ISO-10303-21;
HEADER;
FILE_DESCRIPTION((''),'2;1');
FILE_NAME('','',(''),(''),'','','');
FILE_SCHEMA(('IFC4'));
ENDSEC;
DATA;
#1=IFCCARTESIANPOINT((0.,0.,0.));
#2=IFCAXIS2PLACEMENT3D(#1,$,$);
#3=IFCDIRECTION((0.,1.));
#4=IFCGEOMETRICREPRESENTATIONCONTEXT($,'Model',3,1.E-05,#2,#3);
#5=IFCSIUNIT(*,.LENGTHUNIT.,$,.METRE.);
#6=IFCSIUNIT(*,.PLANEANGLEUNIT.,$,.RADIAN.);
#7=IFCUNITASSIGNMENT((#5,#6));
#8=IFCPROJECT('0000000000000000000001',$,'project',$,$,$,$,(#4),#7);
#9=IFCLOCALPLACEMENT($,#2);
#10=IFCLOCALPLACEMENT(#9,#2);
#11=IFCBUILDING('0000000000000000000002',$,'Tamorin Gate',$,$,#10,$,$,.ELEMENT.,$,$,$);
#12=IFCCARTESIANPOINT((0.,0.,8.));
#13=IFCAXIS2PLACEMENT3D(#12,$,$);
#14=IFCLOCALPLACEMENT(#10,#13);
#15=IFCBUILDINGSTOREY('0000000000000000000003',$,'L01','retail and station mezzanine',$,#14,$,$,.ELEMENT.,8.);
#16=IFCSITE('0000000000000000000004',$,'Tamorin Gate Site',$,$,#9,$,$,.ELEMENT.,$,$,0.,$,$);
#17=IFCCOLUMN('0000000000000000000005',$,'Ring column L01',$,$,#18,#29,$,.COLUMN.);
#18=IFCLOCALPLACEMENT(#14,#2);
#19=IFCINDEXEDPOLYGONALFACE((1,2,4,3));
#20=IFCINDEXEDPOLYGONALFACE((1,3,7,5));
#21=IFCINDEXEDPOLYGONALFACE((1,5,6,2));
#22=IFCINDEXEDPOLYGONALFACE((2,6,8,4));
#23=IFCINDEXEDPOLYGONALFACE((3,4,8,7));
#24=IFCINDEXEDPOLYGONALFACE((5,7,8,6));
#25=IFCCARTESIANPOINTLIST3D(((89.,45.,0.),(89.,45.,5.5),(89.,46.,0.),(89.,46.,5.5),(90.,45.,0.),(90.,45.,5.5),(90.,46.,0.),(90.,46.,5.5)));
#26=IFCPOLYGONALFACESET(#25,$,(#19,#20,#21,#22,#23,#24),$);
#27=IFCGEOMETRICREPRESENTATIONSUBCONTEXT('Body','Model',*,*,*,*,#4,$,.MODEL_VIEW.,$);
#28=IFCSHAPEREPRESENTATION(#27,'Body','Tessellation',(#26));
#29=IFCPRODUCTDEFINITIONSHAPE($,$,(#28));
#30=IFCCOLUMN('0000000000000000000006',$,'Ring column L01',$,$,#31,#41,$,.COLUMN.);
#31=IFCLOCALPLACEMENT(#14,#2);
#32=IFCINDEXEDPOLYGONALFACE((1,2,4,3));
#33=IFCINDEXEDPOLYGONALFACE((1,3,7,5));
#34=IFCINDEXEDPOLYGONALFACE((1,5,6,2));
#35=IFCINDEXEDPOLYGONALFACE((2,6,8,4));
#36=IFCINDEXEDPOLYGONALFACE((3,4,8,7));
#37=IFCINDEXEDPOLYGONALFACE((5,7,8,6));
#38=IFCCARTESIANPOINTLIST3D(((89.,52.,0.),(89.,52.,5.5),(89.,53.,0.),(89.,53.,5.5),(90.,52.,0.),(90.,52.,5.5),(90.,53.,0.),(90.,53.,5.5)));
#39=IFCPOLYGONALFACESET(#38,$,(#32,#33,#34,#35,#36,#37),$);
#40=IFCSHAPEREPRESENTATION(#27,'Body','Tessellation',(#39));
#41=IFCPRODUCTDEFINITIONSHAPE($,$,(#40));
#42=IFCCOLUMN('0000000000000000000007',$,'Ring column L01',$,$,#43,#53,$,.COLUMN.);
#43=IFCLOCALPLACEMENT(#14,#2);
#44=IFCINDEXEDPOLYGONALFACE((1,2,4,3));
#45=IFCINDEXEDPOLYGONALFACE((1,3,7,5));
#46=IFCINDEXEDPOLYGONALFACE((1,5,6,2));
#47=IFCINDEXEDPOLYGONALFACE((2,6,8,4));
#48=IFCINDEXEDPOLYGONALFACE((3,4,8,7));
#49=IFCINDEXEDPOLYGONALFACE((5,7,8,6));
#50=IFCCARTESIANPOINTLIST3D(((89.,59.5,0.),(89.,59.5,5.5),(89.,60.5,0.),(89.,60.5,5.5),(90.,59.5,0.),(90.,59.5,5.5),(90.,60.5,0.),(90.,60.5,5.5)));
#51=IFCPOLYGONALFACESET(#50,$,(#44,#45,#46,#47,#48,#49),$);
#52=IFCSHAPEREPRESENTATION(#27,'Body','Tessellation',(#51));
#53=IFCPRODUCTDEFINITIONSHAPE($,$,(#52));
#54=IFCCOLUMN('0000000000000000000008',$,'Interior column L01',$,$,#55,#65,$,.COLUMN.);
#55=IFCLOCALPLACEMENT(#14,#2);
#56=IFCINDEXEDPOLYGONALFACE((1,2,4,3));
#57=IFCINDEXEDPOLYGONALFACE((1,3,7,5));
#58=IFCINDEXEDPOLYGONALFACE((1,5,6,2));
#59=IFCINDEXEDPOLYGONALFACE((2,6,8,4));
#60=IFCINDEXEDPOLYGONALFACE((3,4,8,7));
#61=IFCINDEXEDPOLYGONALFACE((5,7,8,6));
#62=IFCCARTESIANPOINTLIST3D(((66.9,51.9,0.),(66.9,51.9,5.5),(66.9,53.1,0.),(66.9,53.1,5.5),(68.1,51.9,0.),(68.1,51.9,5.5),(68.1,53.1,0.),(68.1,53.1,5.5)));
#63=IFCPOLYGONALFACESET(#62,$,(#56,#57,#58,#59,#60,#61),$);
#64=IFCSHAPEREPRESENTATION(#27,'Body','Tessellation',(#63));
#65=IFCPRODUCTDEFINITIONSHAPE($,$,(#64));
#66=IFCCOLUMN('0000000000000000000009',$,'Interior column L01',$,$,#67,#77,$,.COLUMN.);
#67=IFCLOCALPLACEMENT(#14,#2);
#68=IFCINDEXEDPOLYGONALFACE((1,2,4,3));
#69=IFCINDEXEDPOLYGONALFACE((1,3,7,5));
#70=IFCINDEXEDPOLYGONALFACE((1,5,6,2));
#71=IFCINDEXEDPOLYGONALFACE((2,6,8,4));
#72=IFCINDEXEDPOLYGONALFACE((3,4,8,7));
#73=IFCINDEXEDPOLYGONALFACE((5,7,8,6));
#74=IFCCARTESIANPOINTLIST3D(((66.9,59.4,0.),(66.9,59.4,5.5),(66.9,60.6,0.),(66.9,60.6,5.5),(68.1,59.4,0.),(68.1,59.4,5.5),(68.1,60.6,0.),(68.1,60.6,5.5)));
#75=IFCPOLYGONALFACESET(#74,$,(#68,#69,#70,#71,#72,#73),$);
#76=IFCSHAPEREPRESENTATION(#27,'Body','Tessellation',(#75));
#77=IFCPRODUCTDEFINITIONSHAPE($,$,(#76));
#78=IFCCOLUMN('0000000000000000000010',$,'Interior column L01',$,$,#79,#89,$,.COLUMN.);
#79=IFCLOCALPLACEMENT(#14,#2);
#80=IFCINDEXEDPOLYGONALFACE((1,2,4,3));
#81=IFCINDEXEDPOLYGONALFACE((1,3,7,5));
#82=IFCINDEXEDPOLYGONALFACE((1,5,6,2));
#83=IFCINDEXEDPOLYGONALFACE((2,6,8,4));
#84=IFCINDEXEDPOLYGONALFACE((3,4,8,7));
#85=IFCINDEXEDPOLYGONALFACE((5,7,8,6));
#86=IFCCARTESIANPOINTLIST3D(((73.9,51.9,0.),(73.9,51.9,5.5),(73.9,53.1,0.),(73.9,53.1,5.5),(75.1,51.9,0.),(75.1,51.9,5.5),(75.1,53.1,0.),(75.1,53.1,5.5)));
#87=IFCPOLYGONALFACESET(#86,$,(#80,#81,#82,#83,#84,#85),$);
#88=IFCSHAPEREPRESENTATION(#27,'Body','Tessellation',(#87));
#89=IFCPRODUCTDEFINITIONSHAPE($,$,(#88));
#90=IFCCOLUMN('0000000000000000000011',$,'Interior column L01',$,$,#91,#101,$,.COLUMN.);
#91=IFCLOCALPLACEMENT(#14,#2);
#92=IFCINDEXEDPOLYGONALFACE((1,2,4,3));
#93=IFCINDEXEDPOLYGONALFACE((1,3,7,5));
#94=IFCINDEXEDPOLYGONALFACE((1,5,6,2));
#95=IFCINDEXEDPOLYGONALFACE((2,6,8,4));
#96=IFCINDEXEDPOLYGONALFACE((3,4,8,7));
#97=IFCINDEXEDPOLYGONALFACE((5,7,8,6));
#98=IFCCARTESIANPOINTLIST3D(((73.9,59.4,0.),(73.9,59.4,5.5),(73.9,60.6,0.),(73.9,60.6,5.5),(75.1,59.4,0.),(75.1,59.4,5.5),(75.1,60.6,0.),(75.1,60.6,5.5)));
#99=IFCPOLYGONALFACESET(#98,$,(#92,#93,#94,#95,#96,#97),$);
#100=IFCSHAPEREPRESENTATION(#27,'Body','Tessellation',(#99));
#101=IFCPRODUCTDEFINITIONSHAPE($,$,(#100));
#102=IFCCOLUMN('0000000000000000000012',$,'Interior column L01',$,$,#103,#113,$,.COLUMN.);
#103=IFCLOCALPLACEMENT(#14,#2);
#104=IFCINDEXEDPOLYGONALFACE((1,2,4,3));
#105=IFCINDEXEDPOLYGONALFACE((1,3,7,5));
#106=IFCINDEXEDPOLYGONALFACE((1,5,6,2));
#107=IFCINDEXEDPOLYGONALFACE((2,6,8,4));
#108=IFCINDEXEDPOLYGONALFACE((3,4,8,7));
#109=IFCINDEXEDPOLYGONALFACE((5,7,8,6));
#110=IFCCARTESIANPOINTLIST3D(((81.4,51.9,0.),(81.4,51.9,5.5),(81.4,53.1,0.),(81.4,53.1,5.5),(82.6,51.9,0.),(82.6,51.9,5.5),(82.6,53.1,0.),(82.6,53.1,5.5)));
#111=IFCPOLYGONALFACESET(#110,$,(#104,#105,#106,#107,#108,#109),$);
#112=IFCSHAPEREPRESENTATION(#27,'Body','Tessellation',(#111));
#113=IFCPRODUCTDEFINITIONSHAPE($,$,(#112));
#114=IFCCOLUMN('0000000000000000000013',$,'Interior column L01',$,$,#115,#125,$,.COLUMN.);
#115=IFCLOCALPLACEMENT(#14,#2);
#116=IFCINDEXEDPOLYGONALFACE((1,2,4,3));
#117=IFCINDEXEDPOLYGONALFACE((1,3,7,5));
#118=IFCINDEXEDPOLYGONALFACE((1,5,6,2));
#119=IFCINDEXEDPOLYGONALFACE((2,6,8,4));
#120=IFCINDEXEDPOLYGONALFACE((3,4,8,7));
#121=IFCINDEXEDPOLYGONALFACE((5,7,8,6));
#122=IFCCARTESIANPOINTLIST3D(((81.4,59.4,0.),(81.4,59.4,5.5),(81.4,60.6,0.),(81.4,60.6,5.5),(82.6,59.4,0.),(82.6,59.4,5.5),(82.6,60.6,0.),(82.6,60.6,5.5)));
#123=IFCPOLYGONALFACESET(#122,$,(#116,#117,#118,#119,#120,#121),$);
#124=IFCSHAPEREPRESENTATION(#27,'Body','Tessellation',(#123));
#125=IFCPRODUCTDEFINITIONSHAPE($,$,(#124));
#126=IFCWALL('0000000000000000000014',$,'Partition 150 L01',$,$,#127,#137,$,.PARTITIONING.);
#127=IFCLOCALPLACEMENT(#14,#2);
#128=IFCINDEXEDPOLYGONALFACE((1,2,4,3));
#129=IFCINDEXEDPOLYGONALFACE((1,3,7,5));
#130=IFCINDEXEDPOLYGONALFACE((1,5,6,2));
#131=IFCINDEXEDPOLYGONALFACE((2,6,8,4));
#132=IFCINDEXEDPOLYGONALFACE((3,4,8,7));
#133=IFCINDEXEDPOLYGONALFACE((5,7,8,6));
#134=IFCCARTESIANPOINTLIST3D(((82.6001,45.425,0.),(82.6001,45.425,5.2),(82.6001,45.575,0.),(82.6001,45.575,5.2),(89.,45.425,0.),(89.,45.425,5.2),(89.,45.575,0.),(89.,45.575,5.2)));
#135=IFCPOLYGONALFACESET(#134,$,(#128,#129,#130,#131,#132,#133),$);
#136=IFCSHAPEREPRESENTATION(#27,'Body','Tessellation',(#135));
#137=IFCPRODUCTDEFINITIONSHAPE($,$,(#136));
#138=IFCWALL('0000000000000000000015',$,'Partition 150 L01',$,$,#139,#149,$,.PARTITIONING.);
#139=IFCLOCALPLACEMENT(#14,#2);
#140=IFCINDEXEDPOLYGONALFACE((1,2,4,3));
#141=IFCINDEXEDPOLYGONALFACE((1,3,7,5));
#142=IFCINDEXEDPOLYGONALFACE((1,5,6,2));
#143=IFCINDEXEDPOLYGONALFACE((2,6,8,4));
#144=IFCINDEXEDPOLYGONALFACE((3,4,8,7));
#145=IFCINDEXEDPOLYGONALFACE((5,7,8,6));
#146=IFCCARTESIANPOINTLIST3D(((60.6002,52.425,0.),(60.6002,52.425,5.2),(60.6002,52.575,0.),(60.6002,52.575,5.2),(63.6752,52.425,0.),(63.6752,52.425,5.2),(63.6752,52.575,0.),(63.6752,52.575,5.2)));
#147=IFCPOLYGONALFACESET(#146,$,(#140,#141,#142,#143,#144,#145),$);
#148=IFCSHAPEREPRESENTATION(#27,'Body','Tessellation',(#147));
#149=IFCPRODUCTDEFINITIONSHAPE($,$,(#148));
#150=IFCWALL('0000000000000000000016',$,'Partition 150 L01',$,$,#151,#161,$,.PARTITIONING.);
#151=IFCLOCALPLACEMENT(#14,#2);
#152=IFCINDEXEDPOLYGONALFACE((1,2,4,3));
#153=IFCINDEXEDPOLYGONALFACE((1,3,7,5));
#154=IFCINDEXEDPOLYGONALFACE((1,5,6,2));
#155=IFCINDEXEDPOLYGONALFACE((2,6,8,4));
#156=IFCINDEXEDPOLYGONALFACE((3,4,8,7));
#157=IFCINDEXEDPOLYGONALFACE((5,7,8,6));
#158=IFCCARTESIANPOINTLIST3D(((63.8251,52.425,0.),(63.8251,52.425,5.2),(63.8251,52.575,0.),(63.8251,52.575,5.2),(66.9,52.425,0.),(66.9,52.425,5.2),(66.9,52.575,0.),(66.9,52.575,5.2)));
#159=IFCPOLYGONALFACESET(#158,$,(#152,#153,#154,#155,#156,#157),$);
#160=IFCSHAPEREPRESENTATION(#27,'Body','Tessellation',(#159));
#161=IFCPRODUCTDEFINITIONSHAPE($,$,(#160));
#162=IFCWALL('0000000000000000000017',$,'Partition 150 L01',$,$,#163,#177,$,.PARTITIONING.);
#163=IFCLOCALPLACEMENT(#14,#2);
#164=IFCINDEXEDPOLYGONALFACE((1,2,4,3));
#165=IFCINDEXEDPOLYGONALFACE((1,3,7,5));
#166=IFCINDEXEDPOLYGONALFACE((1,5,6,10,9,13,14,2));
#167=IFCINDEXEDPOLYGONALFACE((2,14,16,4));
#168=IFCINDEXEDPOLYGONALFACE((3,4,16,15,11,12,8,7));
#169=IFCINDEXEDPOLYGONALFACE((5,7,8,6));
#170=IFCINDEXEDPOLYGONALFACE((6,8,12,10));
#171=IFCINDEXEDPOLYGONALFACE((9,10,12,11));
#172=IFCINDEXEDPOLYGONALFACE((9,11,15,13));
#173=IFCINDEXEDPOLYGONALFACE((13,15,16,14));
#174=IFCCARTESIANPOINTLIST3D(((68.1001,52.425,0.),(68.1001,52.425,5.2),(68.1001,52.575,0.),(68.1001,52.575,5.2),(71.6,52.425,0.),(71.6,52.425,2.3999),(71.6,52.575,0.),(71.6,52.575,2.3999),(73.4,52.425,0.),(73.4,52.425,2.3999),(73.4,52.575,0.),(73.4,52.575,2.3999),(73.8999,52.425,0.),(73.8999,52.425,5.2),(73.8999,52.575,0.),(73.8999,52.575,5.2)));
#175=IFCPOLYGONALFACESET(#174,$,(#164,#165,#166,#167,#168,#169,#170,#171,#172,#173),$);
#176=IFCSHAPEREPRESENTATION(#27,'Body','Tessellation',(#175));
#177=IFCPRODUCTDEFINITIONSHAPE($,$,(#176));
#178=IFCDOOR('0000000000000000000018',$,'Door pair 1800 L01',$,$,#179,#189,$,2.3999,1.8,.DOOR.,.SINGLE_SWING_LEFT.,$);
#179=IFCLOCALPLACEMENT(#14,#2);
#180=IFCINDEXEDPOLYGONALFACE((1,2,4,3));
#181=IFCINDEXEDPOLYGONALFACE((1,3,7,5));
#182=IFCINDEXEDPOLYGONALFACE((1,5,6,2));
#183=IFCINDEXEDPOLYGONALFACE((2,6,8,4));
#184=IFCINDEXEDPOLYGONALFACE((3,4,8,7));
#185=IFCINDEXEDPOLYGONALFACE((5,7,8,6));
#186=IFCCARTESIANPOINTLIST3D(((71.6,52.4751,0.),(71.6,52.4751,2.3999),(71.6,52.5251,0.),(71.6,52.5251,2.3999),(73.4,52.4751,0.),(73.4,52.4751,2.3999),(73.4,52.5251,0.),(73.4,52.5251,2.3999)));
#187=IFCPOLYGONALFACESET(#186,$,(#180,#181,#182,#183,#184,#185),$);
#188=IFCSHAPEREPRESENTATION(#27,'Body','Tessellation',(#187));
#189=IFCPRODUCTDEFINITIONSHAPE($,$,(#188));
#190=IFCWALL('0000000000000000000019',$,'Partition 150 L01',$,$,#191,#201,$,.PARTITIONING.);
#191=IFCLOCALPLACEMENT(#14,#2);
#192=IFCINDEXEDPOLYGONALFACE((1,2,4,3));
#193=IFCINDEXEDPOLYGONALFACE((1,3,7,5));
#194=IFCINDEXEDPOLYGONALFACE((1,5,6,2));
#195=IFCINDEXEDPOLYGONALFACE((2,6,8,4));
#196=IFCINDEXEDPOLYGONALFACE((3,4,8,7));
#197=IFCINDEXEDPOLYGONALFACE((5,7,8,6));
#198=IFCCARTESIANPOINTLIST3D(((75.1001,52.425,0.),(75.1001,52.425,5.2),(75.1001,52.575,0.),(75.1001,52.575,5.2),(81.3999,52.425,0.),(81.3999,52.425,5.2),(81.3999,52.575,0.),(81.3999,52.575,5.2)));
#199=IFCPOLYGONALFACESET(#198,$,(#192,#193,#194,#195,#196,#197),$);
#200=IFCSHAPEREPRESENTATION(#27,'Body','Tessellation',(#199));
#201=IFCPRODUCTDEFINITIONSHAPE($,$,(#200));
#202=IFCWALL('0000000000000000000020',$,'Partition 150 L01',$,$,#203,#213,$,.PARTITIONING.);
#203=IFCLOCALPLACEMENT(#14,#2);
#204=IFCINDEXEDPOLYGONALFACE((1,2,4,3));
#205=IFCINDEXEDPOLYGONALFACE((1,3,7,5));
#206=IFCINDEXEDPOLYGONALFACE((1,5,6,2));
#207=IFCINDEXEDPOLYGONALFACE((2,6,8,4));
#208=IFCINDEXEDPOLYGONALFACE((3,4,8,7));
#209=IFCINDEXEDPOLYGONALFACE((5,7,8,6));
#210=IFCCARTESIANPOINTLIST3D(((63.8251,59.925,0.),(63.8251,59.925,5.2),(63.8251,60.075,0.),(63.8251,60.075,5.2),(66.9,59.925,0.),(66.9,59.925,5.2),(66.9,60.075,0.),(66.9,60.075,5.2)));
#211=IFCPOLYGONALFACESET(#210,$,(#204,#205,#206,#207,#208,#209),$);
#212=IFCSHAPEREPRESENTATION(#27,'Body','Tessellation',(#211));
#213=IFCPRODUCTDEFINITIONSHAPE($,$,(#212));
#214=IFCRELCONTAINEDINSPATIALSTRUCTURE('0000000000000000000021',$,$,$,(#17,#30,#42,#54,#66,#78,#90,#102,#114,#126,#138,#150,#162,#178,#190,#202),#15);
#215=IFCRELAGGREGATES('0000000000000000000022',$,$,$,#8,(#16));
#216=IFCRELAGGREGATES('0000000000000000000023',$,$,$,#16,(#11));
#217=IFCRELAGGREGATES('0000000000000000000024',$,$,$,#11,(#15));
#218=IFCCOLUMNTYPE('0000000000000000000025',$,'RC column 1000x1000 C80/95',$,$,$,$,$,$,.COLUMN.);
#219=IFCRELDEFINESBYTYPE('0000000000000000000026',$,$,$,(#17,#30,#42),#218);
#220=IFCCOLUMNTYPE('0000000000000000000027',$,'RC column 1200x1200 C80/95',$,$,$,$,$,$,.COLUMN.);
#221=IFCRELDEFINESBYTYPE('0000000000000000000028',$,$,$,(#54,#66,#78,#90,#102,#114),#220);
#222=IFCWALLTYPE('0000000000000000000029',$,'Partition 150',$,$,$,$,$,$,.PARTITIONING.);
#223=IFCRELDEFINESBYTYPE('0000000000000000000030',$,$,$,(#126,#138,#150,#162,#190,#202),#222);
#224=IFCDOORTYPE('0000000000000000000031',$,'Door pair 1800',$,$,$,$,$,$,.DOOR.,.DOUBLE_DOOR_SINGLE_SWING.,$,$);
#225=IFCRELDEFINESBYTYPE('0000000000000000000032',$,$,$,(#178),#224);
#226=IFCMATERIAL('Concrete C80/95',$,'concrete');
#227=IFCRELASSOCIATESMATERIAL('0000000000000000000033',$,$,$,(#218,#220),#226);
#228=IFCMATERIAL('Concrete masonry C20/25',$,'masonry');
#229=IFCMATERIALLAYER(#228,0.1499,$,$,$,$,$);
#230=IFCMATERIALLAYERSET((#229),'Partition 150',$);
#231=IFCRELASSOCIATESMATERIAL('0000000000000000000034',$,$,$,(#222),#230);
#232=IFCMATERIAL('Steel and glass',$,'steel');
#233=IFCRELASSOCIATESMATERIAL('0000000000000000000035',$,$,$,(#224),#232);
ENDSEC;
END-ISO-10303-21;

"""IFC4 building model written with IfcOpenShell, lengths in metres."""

from ifc_helpers import new_model, si_unit, direction, frame, frame_2d, origin, origin_2d, place, context, subcontext, project, spatial, rectangle, extrude, material, layer, layer_set, material_profile, profile_set, type_object, element, fill, save


model = new_model("IFC4")

# Units and contexts
model_context = context("Model", 3, precision=1e-05, world=origin(), true_north=direction((0.0, 1.0)))
body_context = subcontext(model_context, "Body", "Model", "MODEL_VIEW")
ifc_project = project(units=[si_unit("LENGTHUNIT", "METRE"), si_unit("PLANEANGLEUNIT", "RADIAN")], contexts=[model_context])

# Site, building, storey
site_placement = place(None, origin())
site = spatial("IfcSite", under=ifc_project, at=site_placement, Name="Tamorin Gate Site", CompositionType="ELEMENT", RefElevation=0.0)
building_placement = place(site_placement, origin())
building = spatial("IfcBuilding", under=site, at=building_placement, Name="Tamorin Gate", CompositionType="ELEMENT")
storey_placement = place(building_placement, frame((0.0, 0.0, 8.0)))
storey = spatial("IfcBuildingStorey", under=building, at=storey_placement, Name="L01", Description="retail and station mezzanine", CompositionType="ELEMENT", Elevation=8.0)

# Columns
ifc_material_1 = material(Name="Concrete C80/95", Category="concrete")
ifc_material_profile_1 = material_profile(ifc_material_1, rectangle(XDim=1.0, YDim=1.0, at=origin_2d()), Name="RC 1000x1000")
ifc_profile_set_1 = profile_set([ifc_material_profile_1], Name="Concrete C80/95")
column_type_1 = type_object("IfcColumnType", Name="RC column 1000x1000 C80/95", PredefinedType="COLUMN", material=ifc_profile_set_1)
for number, where, z_axis, x_axis, name in (
    (1, (89.5, 45.5, 0.0), (0.0, 0.0, 1.0), (1.0, 0.0, 0.0), "Ring column L01"),
    (2, (89.5, 52.5, 0.0), (0.0, 0.0, 1.0), (1.0, 0.0, 0.0), "Ring column L01"),
    (3, (89.5, 60.0, 0.0), (0.0, 0.0, 1.0), (1.0, 0.0, 0.0), "Ring column L01"),
):
    element("IfcColumn", number, at=place(storey_placement, frame(where, z_axis=z_axis, x_axis=x_axis)), inside=storey, type_object=column_type_1, Name=name, PredefinedType="COLUMN", context=body_context, shape_type="SweptSolid", body=[
        extrude(rectangle(XDim=1.0, YDim=1.0, at=origin_2d()), origin(), (0.0, 0.0, 1.0), 5.5),
    ])
ifc_material_profile_2 = material_profile(ifc_material_1, rectangle(XDim=1.2, YDim=1.2, at=origin_2d()), Name="RC 1200x1200")
ifc_profile_set_2 = profile_set([ifc_material_profile_2], Name="Concrete C80/95")
column_type_2 = type_object("IfcColumnType", Name="RC column 1200x1200 C80/95", PredefinedType="COLUMN", material=ifc_profile_set_2)
for number, where, z_axis, x_axis, name in (
    (4, (67.5, 52.5, 0.0), (0.0, 0.0, 1.0), (1.0, 0.0, 0.0), "Interior column L01"),
    (5, (67.5, 60.0, 0.0), (0.0, 0.0, 1.0), (1.0, 0.0, 0.0), "Interior column L01"),
    (6, (74.5, 52.5, 0.0), (0.0, 0.0, 1.0), (1.0, 0.0, 0.0), "Interior column L01"),
    (7, (74.5, 60.0, 0.0), (0.0, 0.0, 1.0), (1.0, 0.0, 0.0), "Interior column L01"),
    (8, (82.0, 52.5, 0.0), (0.0, 0.0, 1.0), (1.0, 0.0, 0.0), "Interior column L01"),
    (9, (82.0, 60.0, 0.0), (0.0, 0.0, 1.0), (1.0, 0.0, 0.0), "Interior column L01"),
):
    element("IfcColumn", number, at=place(storey_placement, frame(where, z_axis=z_axis, x_axis=x_axis)), inside=storey, type_object=column_type_2, Name=name, PredefinedType="COLUMN", context=body_context, shape_type="SweptSolid", body=[
        extrude(rectangle(XDim=1.2, YDim=1.2, at=origin_2d()), origin(), (0.0, 0.0, 1.0), 5.5),
    ])

# Walls
ifc_material_2 = material(Name="Concrete masonry C20/25", Category="masonry")
ifc_layer = layer(ifc_material_2, 0.1499)
ifc_layer_set = layer_set([ifc_layer], Name="Partition 150")
wall_type = type_object("IfcWallType", Name="Partition 150", PredefinedType="PARTITIONING", material=ifc_layer_set)
wall_1_placement = place(storey_placement, frame((82.6001, 45.5, 0.0), z_axis=(0.0, 0.0, 1.0), x_axis=(1.0, 0.0, 0.0)))
element("IfcWall", 10, at=wall_1_placement, inside=storey, type_object=wall_type, Name="Partition 150 L01", PredefinedType="PARTITIONING", context=body_context, shape_type="SweptSolid", body=[
    extrude(rectangle(XDim=6.3999, YDim=0.1499, at=frame_2d((3.2, 0.0))), origin(), (0.0, 0.0, 1.0), 5.2),
])
for number, where, z_axis, x_axis, name in (
    (11, (60.6001, 52.5, 0.0), (0.0, 0.0, 1.0), (1.0, 0.0, 0.0), "Partition 150 L01"),
    (12, (63.825, 52.5, 0.0), (0.0, 0.0, 1.0), (1.0, 0.0, 0.0), "Partition 150 L01"),
):
    element("IfcWall", number, at=place(storey_placement, frame(where, z_axis=z_axis, x_axis=x_axis)), inside=storey, type_object=wall_type, Name=name, PredefinedType="PARTITIONING", context=body_context, shape_type="SweptSolid", body=[
        extrude(rectangle(XDim=3.075, YDim=0.1499, at=frame_2d((1.5376, 0.0))), origin(), (0.0, 0.0, 1.0), 5.2),
    ])

# Wall, opening, door
wall_2_placement = place(storey_placement, frame((73.8999, 52.5, 0.0), z_axis=(0.0, 0.0, 1.0), x_axis=(-1.0, 0.0, 0.0)))
wall_2 = element("IfcWall", 13, at=wall_2_placement, inside=storey, type_object=wall_type, Name="Partition 150 L01", PredefinedType="PARTITIONING", context=body_context, shape_type="SweptSolid", body=[
    extrude(rectangle(XDim=5.7998, YDim=0.1499, at=frame_2d((2.8999, 0.0))), origin(), (0.0, 0.0, 1.0), 5.2),
])
opening_1_placement = place(wall_2_placement, frame((0.5, 0.0, 0.0)))
opening_1 = element("IfcOpeningElement", 14, at=opening_1_placement, cuts=wall_2, PredefinedType="OPENING", context=body_context, shape_type="SweptSolid", body=[
    extrude(rectangle(XDim=1.8, YDim=2.3999, at=frame_2d((0.8999, 1.2))), frame((0.0, 0.085, 0.0), z_axis=(0.0, -1.0, 0.0), x_axis=(1.0, 0.0, 0.0)), (0.0, 0.0, 1.0), 0.1699),
])
ifc_material_3 = material(Name="Steel and glass", Category="steel")
door_type = type_object("IfcDoorType", Name="Door pair 1800", OperationType="DOUBLE_DOOR_SINGLE_SWING", PredefinedType="DOOR", material=ifc_material_3)
door_1_placement = place(opening_1_placement, origin())
door_1 = element("IfcDoor", 15, at=door_1_placement, inside=storey, type_object=door_type, Name="Door pair 1800 L01", OperationType="SINGLE_SWING_LEFT", OverallHeight=2.3999, OverallWidth=1.8, PredefinedType="DOOR", context=body_context, shape_type="SweptSolid", body=[
    extrude(rectangle(XDim=1.8, YDim=2.3999, at=frame_2d((0.8999, 1.2))), frame((0.0, 0.0249, 0.0), z_axis=(0.0, -1.0, 0.0), x_axis=(1.0, 0.0, 0.0)), (0.0, 0.0, 1.0), 0.05),
])
fill(opening_1, door_1)

# Wall
wall_3_placement = place(storey_placement, frame((75.1001, 52.5, 0.0), z_axis=(0.0, 0.0, 1.0), x_axis=(1.0, 0.0, 0.0)))
element("IfcWall", 16, at=wall_3_placement, inside=storey, type_object=wall_type, Name="Partition 150 L01", PredefinedType="PARTITIONING", context=body_context, shape_type="SweptSolid", body=[
    extrude(rectangle(XDim=6.2998, YDim=0.1499, at=frame_2d((3.1499, 0.0))), origin(), (0.0, 0.0, 1.0), 5.2),
])

# Wall
wall_4_placement = place(storey_placement, frame((63.825, 60.0, 0.0), z_axis=(0.0, 0.0, 1.0), x_axis=(1.0, 0.0, 0.0)))
element("IfcWall", 17, at=wall_4_placement, inside=storey, type_object=wall_type, Name="Partition 150 L01", PredefinedType="PARTITIONING", context=body_context, shape_type="SweptSolid", body=[
    extrude(rectangle(XDim=3.075, YDim=0.1499, at=frame_2d((1.5376, 0.0))), origin(), (0.0, 0.0, 1.0), 5.2),
])

save(model, "model.ifc")
